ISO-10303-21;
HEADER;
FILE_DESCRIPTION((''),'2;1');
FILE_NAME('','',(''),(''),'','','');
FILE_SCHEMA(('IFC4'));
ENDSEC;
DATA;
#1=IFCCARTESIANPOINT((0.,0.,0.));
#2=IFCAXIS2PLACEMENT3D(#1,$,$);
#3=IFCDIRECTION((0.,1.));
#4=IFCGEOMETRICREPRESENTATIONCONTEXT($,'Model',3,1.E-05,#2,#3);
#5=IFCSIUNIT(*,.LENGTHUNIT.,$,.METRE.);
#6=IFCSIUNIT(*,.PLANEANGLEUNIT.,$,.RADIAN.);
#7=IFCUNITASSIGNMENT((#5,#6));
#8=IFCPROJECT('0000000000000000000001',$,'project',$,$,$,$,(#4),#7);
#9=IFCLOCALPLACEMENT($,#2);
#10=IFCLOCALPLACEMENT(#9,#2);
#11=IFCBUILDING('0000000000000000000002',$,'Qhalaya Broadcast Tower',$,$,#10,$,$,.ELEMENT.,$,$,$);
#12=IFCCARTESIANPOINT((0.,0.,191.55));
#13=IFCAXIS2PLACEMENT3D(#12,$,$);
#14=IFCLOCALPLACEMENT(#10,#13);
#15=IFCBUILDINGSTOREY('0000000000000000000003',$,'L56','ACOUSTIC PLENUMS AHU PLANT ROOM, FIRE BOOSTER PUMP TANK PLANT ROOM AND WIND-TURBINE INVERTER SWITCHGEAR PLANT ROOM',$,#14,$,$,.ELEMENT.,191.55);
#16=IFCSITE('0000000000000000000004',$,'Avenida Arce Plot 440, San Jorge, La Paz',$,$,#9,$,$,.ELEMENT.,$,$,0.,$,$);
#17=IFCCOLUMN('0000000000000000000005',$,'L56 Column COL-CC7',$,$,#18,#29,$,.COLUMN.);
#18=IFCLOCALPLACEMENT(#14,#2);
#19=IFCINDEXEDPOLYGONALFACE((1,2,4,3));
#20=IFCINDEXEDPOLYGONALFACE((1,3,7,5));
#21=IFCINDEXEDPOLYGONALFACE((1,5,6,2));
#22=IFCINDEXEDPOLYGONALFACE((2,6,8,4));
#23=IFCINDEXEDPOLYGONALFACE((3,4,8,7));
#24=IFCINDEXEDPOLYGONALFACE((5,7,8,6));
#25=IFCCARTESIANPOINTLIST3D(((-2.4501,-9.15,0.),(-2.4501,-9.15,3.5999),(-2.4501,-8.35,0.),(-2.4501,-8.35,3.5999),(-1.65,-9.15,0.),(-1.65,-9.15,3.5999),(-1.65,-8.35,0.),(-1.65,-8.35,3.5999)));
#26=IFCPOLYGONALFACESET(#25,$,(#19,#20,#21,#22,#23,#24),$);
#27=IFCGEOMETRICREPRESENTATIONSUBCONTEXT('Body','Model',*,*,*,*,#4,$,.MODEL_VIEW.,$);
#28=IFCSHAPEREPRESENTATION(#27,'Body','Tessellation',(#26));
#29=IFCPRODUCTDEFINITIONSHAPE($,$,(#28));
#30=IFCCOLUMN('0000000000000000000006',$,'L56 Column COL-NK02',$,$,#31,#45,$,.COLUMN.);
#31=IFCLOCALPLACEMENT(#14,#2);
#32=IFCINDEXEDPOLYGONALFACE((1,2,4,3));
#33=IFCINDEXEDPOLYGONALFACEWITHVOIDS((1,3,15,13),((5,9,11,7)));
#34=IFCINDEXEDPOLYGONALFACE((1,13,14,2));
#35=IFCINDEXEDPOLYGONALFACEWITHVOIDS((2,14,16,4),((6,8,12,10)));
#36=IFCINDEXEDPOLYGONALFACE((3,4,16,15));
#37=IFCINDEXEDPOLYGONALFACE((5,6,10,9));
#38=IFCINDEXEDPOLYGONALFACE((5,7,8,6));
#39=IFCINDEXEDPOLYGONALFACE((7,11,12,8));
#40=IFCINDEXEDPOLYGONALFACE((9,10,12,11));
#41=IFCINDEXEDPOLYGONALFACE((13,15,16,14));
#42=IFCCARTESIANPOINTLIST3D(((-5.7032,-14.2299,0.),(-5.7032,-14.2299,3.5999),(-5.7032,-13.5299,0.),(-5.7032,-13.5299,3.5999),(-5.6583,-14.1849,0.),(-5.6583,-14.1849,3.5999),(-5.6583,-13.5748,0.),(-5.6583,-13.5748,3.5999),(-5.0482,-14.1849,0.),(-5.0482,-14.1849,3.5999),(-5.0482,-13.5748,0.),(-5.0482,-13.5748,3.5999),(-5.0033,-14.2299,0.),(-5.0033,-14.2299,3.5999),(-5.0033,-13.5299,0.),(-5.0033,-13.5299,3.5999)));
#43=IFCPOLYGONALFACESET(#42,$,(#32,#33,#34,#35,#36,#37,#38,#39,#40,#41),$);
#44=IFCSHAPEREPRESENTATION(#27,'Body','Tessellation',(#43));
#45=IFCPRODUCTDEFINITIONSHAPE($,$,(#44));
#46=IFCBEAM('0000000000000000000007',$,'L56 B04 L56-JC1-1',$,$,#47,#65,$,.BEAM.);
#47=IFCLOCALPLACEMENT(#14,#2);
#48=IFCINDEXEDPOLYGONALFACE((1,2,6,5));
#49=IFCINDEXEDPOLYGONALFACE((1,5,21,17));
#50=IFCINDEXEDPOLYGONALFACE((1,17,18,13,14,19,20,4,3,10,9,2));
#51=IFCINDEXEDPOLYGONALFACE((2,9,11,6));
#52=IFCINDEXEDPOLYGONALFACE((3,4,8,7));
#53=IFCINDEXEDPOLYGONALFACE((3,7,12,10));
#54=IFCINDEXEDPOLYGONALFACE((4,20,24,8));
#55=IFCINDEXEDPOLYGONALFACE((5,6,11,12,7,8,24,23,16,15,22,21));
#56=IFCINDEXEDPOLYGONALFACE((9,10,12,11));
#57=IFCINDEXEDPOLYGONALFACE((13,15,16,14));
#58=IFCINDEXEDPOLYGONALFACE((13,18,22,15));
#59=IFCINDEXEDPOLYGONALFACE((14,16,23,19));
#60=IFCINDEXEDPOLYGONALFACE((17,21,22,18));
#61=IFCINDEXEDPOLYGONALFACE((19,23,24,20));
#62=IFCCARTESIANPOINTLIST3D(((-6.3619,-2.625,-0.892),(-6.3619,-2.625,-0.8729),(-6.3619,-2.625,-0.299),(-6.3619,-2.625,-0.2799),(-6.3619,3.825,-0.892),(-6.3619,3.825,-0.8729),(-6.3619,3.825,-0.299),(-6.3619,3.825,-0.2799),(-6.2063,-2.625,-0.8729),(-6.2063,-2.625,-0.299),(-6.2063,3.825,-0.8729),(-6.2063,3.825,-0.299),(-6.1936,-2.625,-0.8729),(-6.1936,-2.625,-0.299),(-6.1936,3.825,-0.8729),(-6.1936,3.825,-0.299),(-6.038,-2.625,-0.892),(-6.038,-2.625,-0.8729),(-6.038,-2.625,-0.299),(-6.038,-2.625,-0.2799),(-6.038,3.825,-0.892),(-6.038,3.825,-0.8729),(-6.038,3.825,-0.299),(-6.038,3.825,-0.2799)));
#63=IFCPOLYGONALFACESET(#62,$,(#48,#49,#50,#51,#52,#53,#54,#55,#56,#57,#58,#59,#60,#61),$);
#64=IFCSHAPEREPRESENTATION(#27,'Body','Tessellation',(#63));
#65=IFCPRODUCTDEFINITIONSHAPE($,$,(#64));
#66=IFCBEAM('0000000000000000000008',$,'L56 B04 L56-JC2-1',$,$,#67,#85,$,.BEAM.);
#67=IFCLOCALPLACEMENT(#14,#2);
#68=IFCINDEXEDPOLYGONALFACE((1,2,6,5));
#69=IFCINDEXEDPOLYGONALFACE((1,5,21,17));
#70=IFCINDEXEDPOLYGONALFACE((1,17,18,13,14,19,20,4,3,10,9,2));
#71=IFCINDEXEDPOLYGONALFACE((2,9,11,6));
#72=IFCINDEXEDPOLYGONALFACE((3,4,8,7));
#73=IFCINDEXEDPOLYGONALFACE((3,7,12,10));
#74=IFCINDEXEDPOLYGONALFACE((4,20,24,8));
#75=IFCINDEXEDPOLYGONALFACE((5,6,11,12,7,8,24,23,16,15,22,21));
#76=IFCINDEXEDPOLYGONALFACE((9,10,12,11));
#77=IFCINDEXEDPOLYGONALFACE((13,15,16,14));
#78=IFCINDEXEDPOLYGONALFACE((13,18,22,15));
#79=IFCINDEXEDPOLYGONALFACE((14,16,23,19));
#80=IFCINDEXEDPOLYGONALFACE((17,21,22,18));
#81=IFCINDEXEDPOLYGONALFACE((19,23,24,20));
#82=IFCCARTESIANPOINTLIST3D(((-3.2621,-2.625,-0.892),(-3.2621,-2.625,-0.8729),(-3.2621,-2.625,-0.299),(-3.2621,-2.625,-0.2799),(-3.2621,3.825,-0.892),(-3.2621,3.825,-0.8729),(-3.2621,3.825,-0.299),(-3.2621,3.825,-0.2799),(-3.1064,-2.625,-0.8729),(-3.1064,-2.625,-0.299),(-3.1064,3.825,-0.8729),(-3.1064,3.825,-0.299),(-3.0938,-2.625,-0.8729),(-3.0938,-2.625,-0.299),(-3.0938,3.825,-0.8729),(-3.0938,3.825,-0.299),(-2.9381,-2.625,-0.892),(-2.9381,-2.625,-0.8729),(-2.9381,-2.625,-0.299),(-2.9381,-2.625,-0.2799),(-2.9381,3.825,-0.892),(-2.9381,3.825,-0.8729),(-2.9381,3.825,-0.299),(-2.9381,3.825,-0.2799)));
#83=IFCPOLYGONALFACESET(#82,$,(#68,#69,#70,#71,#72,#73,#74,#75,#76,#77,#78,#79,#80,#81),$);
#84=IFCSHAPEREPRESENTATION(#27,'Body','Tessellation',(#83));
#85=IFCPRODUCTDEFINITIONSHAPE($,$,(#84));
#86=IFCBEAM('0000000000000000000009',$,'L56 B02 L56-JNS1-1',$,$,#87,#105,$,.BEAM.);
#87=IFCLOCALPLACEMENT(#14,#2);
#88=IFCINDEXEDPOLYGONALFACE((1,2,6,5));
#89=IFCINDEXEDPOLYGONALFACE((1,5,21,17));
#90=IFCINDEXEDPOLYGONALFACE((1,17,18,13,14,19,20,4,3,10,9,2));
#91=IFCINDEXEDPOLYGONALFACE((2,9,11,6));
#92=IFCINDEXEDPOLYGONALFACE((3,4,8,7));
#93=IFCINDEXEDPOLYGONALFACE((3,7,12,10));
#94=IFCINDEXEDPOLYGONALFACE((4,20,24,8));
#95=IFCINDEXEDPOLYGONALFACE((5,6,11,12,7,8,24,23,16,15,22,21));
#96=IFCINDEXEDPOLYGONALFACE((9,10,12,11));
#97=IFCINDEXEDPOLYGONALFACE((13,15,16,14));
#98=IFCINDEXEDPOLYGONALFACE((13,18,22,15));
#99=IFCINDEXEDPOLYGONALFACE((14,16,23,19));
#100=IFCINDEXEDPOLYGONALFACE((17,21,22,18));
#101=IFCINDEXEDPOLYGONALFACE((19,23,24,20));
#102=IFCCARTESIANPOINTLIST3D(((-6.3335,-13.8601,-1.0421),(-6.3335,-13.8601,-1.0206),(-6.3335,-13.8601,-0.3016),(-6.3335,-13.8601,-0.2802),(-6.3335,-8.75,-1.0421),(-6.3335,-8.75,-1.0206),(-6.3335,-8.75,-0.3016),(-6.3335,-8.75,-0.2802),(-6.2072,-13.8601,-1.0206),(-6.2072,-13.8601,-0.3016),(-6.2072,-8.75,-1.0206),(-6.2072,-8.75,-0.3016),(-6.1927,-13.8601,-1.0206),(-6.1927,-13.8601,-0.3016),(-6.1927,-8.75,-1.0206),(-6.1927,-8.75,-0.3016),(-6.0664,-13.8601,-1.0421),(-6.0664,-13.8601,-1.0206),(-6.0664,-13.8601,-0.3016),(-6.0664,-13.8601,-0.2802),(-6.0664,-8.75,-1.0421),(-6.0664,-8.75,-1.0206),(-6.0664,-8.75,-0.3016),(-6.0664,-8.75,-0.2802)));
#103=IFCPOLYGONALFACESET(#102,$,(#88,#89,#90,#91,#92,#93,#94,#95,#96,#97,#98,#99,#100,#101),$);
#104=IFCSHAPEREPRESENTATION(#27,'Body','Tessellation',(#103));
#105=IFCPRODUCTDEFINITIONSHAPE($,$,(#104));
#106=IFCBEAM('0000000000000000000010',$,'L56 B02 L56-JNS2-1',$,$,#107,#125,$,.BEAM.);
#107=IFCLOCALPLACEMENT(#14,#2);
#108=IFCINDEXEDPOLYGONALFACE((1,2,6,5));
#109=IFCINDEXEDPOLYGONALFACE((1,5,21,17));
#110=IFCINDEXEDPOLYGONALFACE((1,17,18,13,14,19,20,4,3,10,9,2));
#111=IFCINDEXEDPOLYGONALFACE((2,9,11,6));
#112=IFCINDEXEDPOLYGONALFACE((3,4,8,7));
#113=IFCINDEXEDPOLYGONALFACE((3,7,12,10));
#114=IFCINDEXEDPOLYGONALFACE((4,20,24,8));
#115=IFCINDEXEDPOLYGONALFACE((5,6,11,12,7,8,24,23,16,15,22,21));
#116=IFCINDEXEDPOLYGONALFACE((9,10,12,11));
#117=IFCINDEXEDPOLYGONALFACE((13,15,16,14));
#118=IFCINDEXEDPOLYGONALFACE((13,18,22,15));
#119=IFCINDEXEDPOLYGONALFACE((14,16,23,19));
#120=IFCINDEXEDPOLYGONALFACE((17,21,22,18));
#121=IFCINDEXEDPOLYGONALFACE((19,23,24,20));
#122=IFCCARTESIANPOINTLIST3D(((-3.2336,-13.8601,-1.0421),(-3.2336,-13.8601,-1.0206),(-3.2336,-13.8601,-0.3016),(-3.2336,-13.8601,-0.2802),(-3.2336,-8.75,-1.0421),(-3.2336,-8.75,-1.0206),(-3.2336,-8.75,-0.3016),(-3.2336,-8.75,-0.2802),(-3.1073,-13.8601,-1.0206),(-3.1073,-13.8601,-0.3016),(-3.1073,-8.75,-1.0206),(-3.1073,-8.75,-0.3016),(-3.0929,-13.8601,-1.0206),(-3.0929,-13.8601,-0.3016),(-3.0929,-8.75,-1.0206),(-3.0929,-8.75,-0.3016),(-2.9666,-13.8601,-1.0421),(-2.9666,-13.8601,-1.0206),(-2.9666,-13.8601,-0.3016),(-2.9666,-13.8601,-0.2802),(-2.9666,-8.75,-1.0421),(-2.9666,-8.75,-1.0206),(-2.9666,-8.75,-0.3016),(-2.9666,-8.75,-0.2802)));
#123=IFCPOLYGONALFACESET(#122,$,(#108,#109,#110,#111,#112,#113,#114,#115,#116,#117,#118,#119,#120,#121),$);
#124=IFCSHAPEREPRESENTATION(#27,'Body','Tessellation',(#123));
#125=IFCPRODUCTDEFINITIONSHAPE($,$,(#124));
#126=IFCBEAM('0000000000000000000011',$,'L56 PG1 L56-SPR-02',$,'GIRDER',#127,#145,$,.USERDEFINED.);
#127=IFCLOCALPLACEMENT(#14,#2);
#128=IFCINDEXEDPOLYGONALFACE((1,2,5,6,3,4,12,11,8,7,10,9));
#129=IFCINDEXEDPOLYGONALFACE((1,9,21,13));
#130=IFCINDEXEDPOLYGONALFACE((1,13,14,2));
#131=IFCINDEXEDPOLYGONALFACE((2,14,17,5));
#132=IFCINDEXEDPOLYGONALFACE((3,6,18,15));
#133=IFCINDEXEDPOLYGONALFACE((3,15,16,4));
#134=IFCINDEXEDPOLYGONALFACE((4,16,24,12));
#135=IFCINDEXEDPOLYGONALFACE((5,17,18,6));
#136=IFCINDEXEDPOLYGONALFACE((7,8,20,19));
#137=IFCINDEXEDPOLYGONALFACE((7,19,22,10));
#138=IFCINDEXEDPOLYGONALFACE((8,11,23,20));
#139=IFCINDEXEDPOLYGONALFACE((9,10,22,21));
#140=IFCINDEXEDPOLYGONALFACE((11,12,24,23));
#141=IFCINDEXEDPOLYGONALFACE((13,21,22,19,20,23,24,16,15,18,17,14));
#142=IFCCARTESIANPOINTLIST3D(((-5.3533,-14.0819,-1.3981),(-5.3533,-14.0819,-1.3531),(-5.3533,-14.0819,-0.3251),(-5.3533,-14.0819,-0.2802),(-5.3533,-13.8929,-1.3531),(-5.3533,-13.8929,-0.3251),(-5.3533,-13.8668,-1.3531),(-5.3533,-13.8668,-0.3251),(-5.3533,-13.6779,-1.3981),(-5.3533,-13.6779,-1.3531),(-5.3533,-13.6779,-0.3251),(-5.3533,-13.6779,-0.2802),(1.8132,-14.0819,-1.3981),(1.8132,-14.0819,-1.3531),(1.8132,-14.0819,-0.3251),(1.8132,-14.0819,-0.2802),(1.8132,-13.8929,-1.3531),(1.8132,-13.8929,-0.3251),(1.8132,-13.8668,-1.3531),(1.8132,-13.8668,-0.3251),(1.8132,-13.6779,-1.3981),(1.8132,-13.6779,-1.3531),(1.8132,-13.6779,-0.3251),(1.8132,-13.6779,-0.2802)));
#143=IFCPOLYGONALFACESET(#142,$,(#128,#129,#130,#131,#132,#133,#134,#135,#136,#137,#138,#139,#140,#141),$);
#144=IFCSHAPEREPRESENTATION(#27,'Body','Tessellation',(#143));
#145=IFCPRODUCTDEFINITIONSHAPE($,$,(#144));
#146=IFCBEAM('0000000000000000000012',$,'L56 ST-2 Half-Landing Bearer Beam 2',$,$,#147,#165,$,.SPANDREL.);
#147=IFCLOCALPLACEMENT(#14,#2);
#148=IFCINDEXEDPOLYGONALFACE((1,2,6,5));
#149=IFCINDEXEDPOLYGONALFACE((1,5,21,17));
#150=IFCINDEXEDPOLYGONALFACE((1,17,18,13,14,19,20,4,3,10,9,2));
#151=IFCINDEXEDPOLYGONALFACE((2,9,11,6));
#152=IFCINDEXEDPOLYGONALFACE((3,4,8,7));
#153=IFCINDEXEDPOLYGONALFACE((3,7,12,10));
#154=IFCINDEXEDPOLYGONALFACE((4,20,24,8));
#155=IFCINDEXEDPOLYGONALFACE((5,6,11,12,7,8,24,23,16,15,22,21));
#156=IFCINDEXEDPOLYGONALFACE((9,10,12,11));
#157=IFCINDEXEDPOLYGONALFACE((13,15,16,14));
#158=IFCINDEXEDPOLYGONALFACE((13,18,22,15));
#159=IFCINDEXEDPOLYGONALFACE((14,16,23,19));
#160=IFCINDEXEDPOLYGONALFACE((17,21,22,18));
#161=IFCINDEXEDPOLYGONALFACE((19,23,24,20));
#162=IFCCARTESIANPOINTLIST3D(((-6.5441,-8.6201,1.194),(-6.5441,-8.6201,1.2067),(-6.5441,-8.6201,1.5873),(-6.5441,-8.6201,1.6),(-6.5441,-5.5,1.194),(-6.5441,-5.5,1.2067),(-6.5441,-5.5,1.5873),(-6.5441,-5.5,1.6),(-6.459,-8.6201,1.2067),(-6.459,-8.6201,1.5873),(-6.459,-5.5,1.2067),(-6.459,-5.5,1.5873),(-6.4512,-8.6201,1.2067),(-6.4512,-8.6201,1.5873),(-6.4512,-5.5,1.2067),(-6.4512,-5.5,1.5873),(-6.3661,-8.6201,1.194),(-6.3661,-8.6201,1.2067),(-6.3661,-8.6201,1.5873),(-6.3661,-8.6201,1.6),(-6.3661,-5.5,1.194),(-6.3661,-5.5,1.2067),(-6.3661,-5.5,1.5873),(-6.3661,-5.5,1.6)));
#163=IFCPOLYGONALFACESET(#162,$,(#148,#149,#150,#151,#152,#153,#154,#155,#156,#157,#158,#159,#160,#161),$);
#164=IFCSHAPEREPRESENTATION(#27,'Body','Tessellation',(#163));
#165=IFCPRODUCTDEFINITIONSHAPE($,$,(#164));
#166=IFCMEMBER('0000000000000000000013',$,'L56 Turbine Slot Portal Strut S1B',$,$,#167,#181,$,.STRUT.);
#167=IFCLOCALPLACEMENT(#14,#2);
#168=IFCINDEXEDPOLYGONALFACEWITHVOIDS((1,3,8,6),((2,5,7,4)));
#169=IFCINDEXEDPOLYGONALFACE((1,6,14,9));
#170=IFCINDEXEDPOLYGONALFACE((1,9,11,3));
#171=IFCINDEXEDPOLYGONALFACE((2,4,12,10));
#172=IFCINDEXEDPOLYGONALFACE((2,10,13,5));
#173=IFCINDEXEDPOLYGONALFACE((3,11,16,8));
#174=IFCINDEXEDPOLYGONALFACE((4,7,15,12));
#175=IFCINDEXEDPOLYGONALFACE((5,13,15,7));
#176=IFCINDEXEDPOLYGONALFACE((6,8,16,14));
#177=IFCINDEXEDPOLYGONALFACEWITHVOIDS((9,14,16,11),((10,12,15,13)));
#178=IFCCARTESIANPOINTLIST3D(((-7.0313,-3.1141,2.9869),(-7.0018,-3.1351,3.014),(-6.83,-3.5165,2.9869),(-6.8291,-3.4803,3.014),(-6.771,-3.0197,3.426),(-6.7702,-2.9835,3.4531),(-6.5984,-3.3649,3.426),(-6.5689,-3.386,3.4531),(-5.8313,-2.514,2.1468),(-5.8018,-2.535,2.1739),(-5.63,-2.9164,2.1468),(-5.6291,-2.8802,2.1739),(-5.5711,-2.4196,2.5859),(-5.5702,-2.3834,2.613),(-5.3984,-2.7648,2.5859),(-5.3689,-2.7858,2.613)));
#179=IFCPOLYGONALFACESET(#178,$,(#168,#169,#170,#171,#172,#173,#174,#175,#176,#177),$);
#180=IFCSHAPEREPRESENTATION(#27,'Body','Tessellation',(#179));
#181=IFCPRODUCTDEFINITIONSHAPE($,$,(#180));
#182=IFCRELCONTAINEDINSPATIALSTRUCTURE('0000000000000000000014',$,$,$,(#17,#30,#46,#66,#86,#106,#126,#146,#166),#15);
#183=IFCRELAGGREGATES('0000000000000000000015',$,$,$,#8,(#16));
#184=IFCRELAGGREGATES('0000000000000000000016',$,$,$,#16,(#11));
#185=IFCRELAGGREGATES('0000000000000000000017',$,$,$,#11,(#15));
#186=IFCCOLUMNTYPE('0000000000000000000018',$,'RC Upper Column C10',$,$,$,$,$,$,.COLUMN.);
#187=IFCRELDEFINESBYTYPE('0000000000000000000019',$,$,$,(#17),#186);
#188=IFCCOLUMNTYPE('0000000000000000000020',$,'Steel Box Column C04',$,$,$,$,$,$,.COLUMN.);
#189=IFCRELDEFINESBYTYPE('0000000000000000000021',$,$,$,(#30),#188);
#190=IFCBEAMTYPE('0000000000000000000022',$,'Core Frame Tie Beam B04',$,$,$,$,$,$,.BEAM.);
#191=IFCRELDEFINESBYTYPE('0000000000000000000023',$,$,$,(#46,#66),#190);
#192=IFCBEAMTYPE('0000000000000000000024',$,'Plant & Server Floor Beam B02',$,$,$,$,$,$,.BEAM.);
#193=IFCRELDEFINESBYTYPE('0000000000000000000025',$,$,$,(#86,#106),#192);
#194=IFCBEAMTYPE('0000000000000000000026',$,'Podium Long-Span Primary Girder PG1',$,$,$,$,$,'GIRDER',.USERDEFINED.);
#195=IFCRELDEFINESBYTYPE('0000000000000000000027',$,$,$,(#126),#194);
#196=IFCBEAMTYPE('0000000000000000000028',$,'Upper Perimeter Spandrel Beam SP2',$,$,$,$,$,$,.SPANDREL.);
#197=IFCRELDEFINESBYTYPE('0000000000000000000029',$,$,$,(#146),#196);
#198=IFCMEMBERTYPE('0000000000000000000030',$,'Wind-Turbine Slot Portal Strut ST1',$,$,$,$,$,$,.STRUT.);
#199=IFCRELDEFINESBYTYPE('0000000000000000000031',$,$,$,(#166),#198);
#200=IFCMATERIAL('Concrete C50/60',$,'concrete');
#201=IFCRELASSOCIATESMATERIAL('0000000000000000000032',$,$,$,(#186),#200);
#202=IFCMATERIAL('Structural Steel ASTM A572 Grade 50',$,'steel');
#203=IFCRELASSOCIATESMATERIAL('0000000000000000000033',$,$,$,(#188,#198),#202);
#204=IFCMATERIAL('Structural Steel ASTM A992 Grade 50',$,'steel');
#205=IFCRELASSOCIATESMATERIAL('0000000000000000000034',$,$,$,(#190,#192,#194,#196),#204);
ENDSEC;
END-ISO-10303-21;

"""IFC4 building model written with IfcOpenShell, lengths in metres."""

from ifc_helpers import new_model, si_unit, direction, frame, origin, origin_2d, place, context, subcontext, project, spatial, rectangle, hollow_rectangle, i_section, extrude, material, material_profile, profile_set, type_object, element, save


model = new_model("IFC4")

# Units and contexts
model_context = context("Model", 3, precision=1e-05, world=origin(), true_north=direction((0.0, 1.0)))
body_context = subcontext(model_context, "Body", "Model", "MODEL_VIEW")
ifc_project = project(units=[si_unit("LENGTHUNIT", "METRE"), si_unit("PLANEANGLEUNIT", "RADIAN")], contexts=[model_context])

# Site, building, storey
site_placement = place(None, origin())
site = spatial("IfcSite", under=ifc_project, at=site_placement, Name="Avenida Arce Plot 440, San Jorge, La Paz", CompositionType="ELEMENT", RefElevation=0.0)
building_placement = place(site_placement, origin())
building = spatial("IfcBuilding", under=site, at=building_placement, Name="Qhalaya Broadcast Tower", CompositionType="ELEMENT")
storey_placement = place(building_placement, frame((0.0, 0.0, 191.55)))
storey = spatial("IfcBuildingStorey", under=building, at=storey_placement, Name="L56", Description="ACOUSTIC PLENUMS AHU PLANT ROOM, FIRE BOOSTER PUMP TANK PLANT ROOM AND WIND-TURBINE INVERTER SWITCHGEAR PLANT ROOM", CompositionType="ELEMENT", Elevation=191.55)

# Columns
ifc_material_1 = material(Name="Concrete C50/60", Category="concrete")
ifc_material_profile_1 = material_profile(ifc_material_1, rectangle(XDim=0.8, YDim=0.8, at=origin_2d()), Name="RC-COL 800x800")
ifc_profile_set_1 = profile_set([ifc_material_profile_1], Name="Concrete C50/60")
column_type_1 = type_object("IfcColumnType", Name="RC Upper Column C10", PredefinedType="COLUMN", material=ifc_profile_set_1)
column_1_placement = place(storey_placement, frame((-2.05, -8.75, 0.0), z_axis=(0.0, 0.0, 1.0), x_axis=(1.0, 0.0, 0.0)))
element("IfcColumn", 1, at=column_1_placement, inside=storey, type_object=column_type_1, Name="L56 Column COL-CC7", PredefinedType="COLUMN", context=body_context, shape_type="SweptSolid", body=[
    extrude(rectangle(XDim=0.8, YDim=0.8, at=origin_2d()), origin(), (0.0, 0.0, 1.0), 3.5999),
])
ifc_material_2 = material(Name="Structural Steel ASTM A572 Grade 50", Category="steel")
ifc_material_profile_2 = material_profile(ifc_material_2, hollow_rectangle(XDim=0.7, YDim=0.7, WallThickness=0.0449, at=origin_2d()), Name="BOX 700x700x45")
ifc_profile_set_2 = profile_set([ifc_material_profile_2], Name="Structural Steel ASTM A572 Grade 50")
column_type_2 = type_object("IfcColumnType", Name="Steel Box Column C04", PredefinedType="COLUMN", material=ifc_profile_set_2)
column_2_placement = place(storey_placement, frame((-5.3533, -13.8799, 0.0), z_axis=(0.0, 0.0, 1.0), x_axis=(1.0, 0.0, 0.0)))
element("IfcColumn", 2, at=column_2_placement, inside=storey, type_object=column_type_2, Name="L56 Column COL-NK02", PredefinedType="COLUMN", context=body_context, shape_type="SweptSolid", body=[
    extrude(hollow_rectangle(XDim=0.7, YDim=0.7, WallThickness=0.0449, at=origin_2d()), origin(), (0.0, 0.0, 1.0), 3.5999),
])

# Beams
ifc_material_3 = material(Name="Structural Steel ASTM A992 Grade 50", Category="steel")
ifc_material_profile_3 = material_profile(ifc_material_3, i_section(OverallWidth=0.324, OverallDepth=0.6121, WebThickness=0.0127, FlangeThickness=0.019, at=origin_2d()), Name="W24X104")
ifc_profile_set_3 = profile_set([ifc_material_profile_3], Name="Structural Steel ASTM A992 Grade 50")
beam_type_1 = type_object("IfcBeamType", Name="Core Frame Tie Beam B04", PredefinedType="BEAM", material=ifc_profile_set_3)
for number, where, z_axis, x_axis, name in (
    (3, (-6.2, -2.625, -0.5859), (0.0, 1.0, 0.0), (-1.0, 0.0, 0.0), "L56 B04 L56-JC1-1"),
    (4, (-3.1001, -2.625, -0.5859), (0.0, 1.0, 0.0), (-1.0, 0.0, 0.0), "L56 B04 L56-JC2-1"),
):
    element("IfcBeam", number, at=place(storey_placement, frame(where, z_axis=z_axis, x_axis=x_axis)), inside=storey, type_object=beam_type_1, Name=name, PredefinedType="BEAM", context=body_context, shape_type="SweptSolid", body=[
        extrude(i_section(OverallWidth=0.324, OverallDepth=0.6121, WebThickness=0.0127, FlangeThickness=0.019, at=origin_2d()), origin(), (0.0, 0.0, 1.0), 6.45),
    ])
ifc_material_profile_4 = material_profile(ifc_material_3, i_section(OverallWidth=0.2671, OverallDepth=0.762, WebThickness=0.0144, FlangeThickness=0.0215, at=origin_2d()), Name="W30X116")
ifc_profile_set_4 = profile_set([ifc_material_profile_4], Name="Structural Steel ASTM A992 Grade 50")
beam_type_2 = type_object("IfcBeamType", Name="Plant & Server Floor Beam B02", PredefinedType="BEAM", material=ifc_profile_set_4)
for number, where, z_axis, x_axis, name in (
    (5, (-6.2, -13.8601, -0.6611), (0.0, 1.0, 0.0), (-1.0, 0.0, 0.0), "L56 B02 L56-JNS1-1"),
    (6, (-3.1001, -13.8601, -0.6611), (0.0, 1.0, 0.0), (-1.0, 0.0, 0.0), "L56 B02 L56-JNS2-1"),
):
    element("IfcBeam", number, at=place(storey_placement, frame(where, z_axis=z_axis, x_axis=x_axis)), inside=storey, type_object=beam_type_2, Name=name, PredefinedType="BEAM", context=body_context, shape_type="SweptSolid", body=[
        extrude(i_section(OverallWidth=0.2671, OverallDepth=0.762, WebThickness=0.0144, FlangeThickness=0.0215, at=origin_2d()), origin(), (0.0, 0.0, 1.0), 5.1101),
    ])
ifc_material_profile_5 = material_profile(ifc_material_3, i_section(OverallWidth=0.4041, OverallDepth=1.1179, WebThickness=0.0261, FlangeThickness=0.0449, at=origin_2d()), Name="W44X335")
ifc_profile_set_5 = profile_set([ifc_material_profile_5], Name="Structural Steel ASTM A992 Grade 50")
beam_type_3 = type_object("IfcBeamType", Name="Podium Long-Span Primary Girder PG1", ElementType="GIRDER", PredefinedType="USERDEFINED", material=ifc_profile_set_5)
beam_1_placement = place(storey_placement, frame((-5.3533, -13.8799, -0.8391), z_axis=(1.0, 0.0, 0.0), x_axis=(0.0, 1.0, 0.0)))
element("IfcBeam", 7, at=beam_1_placement, inside=storey, type_object=beam_type_3, Name="L56 PG1 L56-SPR-02", ObjectType="GIRDER", PredefinedType="USERDEFINED", context=body_context, shape_type="SweptSolid", body=[
    extrude(i_section(OverallWidth=0.4041, OverallDepth=1.1179, WebThickness=0.0261, FlangeThickness=0.0449, at=origin_2d()), origin(), (0.0, 0.0, 1.0), 7.1665),
])
ifc_material_profile_6 = material_profile(ifc_material_3, i_section(OverallWidth=0.178, OverallDepth=0.406, WebThickness=0.0078, FlangeThickness=0.0127, at=origin_2d()), Name="W16X40")
ifc_profile_set_6 = profile_set([ifc_material_profile_6], Name="Structural Steel ASTM A992 Grade 50")
beam_type_4 = type_object("IfcBeamType", Name="Upper Perimeter Spandrel Beam SP2", PredefinedType="SPANDREL", material=ifc_profile_set_6)
beam_2_placement = place(storey_placement, frame((-6.4551, -8.6201, 1.397), z_axis=(0.0, 1.0, 0.0), x_axis=(-1.0, 0.0, 0.0)))
element("IfcBeam", 8, at=beam_2_placement, inside=storey, type_object=beam_type_4, Name="L56 ST-2 Half-Landing Bearer Beam 2", PredefinedType="SPANDREL", context=body_context, shape_type="SweptSolid", body=[
    extrude(i_section(OverallWidth=0.178, OverallDepth=0.406, WebThickness=0.0078, FlangeThickness=0.0127, at=origin_2d()), origin(), (0.0, 0.0, 1.0), 3.1201),
])

# Member
ifc_material_profile_7 = material_profile(ifc_material_2, hollow_rectangle(XDim=0.45, YDim=0.55, WallThickness=0.032, at=origin_2d()), Name="BOX 450x550x32")
ifc_profile_set_7 = profile_set([ifc_material_profile_7], Name="Structural Steel ASTM A572 Grade 50")
member_type = type_object("IfcMemberType", Name="Wind-Turbine Slot Portal Strut ST1", PredefinedType="STRUT", material=ifc_profile_set_7)
member_1_placement = place(storey_placement, frame((-5.6001, -2.6499, 2.3799), z_axis=(-0.758045, -0.3791, 0.530709), x_axis=(0.447286, -0.894391, 0.0)))
element("IfcMember", 9, at=member_1_placement, inside=storey, type_object=member_type, Name="L56 Turbine Slot Portal Strut S1B", PredefinedType="STRUT", context=body_context, shape_type="SweptSolid", body=[
    extrude(hollow_rectangle(XDim=0.45, YDim=0.55, WallThickness=0.032, at=origin_2d()), origin(), (0.0, 0.0, 1.0), 1.583),
])

save(model, "model.ifc")
